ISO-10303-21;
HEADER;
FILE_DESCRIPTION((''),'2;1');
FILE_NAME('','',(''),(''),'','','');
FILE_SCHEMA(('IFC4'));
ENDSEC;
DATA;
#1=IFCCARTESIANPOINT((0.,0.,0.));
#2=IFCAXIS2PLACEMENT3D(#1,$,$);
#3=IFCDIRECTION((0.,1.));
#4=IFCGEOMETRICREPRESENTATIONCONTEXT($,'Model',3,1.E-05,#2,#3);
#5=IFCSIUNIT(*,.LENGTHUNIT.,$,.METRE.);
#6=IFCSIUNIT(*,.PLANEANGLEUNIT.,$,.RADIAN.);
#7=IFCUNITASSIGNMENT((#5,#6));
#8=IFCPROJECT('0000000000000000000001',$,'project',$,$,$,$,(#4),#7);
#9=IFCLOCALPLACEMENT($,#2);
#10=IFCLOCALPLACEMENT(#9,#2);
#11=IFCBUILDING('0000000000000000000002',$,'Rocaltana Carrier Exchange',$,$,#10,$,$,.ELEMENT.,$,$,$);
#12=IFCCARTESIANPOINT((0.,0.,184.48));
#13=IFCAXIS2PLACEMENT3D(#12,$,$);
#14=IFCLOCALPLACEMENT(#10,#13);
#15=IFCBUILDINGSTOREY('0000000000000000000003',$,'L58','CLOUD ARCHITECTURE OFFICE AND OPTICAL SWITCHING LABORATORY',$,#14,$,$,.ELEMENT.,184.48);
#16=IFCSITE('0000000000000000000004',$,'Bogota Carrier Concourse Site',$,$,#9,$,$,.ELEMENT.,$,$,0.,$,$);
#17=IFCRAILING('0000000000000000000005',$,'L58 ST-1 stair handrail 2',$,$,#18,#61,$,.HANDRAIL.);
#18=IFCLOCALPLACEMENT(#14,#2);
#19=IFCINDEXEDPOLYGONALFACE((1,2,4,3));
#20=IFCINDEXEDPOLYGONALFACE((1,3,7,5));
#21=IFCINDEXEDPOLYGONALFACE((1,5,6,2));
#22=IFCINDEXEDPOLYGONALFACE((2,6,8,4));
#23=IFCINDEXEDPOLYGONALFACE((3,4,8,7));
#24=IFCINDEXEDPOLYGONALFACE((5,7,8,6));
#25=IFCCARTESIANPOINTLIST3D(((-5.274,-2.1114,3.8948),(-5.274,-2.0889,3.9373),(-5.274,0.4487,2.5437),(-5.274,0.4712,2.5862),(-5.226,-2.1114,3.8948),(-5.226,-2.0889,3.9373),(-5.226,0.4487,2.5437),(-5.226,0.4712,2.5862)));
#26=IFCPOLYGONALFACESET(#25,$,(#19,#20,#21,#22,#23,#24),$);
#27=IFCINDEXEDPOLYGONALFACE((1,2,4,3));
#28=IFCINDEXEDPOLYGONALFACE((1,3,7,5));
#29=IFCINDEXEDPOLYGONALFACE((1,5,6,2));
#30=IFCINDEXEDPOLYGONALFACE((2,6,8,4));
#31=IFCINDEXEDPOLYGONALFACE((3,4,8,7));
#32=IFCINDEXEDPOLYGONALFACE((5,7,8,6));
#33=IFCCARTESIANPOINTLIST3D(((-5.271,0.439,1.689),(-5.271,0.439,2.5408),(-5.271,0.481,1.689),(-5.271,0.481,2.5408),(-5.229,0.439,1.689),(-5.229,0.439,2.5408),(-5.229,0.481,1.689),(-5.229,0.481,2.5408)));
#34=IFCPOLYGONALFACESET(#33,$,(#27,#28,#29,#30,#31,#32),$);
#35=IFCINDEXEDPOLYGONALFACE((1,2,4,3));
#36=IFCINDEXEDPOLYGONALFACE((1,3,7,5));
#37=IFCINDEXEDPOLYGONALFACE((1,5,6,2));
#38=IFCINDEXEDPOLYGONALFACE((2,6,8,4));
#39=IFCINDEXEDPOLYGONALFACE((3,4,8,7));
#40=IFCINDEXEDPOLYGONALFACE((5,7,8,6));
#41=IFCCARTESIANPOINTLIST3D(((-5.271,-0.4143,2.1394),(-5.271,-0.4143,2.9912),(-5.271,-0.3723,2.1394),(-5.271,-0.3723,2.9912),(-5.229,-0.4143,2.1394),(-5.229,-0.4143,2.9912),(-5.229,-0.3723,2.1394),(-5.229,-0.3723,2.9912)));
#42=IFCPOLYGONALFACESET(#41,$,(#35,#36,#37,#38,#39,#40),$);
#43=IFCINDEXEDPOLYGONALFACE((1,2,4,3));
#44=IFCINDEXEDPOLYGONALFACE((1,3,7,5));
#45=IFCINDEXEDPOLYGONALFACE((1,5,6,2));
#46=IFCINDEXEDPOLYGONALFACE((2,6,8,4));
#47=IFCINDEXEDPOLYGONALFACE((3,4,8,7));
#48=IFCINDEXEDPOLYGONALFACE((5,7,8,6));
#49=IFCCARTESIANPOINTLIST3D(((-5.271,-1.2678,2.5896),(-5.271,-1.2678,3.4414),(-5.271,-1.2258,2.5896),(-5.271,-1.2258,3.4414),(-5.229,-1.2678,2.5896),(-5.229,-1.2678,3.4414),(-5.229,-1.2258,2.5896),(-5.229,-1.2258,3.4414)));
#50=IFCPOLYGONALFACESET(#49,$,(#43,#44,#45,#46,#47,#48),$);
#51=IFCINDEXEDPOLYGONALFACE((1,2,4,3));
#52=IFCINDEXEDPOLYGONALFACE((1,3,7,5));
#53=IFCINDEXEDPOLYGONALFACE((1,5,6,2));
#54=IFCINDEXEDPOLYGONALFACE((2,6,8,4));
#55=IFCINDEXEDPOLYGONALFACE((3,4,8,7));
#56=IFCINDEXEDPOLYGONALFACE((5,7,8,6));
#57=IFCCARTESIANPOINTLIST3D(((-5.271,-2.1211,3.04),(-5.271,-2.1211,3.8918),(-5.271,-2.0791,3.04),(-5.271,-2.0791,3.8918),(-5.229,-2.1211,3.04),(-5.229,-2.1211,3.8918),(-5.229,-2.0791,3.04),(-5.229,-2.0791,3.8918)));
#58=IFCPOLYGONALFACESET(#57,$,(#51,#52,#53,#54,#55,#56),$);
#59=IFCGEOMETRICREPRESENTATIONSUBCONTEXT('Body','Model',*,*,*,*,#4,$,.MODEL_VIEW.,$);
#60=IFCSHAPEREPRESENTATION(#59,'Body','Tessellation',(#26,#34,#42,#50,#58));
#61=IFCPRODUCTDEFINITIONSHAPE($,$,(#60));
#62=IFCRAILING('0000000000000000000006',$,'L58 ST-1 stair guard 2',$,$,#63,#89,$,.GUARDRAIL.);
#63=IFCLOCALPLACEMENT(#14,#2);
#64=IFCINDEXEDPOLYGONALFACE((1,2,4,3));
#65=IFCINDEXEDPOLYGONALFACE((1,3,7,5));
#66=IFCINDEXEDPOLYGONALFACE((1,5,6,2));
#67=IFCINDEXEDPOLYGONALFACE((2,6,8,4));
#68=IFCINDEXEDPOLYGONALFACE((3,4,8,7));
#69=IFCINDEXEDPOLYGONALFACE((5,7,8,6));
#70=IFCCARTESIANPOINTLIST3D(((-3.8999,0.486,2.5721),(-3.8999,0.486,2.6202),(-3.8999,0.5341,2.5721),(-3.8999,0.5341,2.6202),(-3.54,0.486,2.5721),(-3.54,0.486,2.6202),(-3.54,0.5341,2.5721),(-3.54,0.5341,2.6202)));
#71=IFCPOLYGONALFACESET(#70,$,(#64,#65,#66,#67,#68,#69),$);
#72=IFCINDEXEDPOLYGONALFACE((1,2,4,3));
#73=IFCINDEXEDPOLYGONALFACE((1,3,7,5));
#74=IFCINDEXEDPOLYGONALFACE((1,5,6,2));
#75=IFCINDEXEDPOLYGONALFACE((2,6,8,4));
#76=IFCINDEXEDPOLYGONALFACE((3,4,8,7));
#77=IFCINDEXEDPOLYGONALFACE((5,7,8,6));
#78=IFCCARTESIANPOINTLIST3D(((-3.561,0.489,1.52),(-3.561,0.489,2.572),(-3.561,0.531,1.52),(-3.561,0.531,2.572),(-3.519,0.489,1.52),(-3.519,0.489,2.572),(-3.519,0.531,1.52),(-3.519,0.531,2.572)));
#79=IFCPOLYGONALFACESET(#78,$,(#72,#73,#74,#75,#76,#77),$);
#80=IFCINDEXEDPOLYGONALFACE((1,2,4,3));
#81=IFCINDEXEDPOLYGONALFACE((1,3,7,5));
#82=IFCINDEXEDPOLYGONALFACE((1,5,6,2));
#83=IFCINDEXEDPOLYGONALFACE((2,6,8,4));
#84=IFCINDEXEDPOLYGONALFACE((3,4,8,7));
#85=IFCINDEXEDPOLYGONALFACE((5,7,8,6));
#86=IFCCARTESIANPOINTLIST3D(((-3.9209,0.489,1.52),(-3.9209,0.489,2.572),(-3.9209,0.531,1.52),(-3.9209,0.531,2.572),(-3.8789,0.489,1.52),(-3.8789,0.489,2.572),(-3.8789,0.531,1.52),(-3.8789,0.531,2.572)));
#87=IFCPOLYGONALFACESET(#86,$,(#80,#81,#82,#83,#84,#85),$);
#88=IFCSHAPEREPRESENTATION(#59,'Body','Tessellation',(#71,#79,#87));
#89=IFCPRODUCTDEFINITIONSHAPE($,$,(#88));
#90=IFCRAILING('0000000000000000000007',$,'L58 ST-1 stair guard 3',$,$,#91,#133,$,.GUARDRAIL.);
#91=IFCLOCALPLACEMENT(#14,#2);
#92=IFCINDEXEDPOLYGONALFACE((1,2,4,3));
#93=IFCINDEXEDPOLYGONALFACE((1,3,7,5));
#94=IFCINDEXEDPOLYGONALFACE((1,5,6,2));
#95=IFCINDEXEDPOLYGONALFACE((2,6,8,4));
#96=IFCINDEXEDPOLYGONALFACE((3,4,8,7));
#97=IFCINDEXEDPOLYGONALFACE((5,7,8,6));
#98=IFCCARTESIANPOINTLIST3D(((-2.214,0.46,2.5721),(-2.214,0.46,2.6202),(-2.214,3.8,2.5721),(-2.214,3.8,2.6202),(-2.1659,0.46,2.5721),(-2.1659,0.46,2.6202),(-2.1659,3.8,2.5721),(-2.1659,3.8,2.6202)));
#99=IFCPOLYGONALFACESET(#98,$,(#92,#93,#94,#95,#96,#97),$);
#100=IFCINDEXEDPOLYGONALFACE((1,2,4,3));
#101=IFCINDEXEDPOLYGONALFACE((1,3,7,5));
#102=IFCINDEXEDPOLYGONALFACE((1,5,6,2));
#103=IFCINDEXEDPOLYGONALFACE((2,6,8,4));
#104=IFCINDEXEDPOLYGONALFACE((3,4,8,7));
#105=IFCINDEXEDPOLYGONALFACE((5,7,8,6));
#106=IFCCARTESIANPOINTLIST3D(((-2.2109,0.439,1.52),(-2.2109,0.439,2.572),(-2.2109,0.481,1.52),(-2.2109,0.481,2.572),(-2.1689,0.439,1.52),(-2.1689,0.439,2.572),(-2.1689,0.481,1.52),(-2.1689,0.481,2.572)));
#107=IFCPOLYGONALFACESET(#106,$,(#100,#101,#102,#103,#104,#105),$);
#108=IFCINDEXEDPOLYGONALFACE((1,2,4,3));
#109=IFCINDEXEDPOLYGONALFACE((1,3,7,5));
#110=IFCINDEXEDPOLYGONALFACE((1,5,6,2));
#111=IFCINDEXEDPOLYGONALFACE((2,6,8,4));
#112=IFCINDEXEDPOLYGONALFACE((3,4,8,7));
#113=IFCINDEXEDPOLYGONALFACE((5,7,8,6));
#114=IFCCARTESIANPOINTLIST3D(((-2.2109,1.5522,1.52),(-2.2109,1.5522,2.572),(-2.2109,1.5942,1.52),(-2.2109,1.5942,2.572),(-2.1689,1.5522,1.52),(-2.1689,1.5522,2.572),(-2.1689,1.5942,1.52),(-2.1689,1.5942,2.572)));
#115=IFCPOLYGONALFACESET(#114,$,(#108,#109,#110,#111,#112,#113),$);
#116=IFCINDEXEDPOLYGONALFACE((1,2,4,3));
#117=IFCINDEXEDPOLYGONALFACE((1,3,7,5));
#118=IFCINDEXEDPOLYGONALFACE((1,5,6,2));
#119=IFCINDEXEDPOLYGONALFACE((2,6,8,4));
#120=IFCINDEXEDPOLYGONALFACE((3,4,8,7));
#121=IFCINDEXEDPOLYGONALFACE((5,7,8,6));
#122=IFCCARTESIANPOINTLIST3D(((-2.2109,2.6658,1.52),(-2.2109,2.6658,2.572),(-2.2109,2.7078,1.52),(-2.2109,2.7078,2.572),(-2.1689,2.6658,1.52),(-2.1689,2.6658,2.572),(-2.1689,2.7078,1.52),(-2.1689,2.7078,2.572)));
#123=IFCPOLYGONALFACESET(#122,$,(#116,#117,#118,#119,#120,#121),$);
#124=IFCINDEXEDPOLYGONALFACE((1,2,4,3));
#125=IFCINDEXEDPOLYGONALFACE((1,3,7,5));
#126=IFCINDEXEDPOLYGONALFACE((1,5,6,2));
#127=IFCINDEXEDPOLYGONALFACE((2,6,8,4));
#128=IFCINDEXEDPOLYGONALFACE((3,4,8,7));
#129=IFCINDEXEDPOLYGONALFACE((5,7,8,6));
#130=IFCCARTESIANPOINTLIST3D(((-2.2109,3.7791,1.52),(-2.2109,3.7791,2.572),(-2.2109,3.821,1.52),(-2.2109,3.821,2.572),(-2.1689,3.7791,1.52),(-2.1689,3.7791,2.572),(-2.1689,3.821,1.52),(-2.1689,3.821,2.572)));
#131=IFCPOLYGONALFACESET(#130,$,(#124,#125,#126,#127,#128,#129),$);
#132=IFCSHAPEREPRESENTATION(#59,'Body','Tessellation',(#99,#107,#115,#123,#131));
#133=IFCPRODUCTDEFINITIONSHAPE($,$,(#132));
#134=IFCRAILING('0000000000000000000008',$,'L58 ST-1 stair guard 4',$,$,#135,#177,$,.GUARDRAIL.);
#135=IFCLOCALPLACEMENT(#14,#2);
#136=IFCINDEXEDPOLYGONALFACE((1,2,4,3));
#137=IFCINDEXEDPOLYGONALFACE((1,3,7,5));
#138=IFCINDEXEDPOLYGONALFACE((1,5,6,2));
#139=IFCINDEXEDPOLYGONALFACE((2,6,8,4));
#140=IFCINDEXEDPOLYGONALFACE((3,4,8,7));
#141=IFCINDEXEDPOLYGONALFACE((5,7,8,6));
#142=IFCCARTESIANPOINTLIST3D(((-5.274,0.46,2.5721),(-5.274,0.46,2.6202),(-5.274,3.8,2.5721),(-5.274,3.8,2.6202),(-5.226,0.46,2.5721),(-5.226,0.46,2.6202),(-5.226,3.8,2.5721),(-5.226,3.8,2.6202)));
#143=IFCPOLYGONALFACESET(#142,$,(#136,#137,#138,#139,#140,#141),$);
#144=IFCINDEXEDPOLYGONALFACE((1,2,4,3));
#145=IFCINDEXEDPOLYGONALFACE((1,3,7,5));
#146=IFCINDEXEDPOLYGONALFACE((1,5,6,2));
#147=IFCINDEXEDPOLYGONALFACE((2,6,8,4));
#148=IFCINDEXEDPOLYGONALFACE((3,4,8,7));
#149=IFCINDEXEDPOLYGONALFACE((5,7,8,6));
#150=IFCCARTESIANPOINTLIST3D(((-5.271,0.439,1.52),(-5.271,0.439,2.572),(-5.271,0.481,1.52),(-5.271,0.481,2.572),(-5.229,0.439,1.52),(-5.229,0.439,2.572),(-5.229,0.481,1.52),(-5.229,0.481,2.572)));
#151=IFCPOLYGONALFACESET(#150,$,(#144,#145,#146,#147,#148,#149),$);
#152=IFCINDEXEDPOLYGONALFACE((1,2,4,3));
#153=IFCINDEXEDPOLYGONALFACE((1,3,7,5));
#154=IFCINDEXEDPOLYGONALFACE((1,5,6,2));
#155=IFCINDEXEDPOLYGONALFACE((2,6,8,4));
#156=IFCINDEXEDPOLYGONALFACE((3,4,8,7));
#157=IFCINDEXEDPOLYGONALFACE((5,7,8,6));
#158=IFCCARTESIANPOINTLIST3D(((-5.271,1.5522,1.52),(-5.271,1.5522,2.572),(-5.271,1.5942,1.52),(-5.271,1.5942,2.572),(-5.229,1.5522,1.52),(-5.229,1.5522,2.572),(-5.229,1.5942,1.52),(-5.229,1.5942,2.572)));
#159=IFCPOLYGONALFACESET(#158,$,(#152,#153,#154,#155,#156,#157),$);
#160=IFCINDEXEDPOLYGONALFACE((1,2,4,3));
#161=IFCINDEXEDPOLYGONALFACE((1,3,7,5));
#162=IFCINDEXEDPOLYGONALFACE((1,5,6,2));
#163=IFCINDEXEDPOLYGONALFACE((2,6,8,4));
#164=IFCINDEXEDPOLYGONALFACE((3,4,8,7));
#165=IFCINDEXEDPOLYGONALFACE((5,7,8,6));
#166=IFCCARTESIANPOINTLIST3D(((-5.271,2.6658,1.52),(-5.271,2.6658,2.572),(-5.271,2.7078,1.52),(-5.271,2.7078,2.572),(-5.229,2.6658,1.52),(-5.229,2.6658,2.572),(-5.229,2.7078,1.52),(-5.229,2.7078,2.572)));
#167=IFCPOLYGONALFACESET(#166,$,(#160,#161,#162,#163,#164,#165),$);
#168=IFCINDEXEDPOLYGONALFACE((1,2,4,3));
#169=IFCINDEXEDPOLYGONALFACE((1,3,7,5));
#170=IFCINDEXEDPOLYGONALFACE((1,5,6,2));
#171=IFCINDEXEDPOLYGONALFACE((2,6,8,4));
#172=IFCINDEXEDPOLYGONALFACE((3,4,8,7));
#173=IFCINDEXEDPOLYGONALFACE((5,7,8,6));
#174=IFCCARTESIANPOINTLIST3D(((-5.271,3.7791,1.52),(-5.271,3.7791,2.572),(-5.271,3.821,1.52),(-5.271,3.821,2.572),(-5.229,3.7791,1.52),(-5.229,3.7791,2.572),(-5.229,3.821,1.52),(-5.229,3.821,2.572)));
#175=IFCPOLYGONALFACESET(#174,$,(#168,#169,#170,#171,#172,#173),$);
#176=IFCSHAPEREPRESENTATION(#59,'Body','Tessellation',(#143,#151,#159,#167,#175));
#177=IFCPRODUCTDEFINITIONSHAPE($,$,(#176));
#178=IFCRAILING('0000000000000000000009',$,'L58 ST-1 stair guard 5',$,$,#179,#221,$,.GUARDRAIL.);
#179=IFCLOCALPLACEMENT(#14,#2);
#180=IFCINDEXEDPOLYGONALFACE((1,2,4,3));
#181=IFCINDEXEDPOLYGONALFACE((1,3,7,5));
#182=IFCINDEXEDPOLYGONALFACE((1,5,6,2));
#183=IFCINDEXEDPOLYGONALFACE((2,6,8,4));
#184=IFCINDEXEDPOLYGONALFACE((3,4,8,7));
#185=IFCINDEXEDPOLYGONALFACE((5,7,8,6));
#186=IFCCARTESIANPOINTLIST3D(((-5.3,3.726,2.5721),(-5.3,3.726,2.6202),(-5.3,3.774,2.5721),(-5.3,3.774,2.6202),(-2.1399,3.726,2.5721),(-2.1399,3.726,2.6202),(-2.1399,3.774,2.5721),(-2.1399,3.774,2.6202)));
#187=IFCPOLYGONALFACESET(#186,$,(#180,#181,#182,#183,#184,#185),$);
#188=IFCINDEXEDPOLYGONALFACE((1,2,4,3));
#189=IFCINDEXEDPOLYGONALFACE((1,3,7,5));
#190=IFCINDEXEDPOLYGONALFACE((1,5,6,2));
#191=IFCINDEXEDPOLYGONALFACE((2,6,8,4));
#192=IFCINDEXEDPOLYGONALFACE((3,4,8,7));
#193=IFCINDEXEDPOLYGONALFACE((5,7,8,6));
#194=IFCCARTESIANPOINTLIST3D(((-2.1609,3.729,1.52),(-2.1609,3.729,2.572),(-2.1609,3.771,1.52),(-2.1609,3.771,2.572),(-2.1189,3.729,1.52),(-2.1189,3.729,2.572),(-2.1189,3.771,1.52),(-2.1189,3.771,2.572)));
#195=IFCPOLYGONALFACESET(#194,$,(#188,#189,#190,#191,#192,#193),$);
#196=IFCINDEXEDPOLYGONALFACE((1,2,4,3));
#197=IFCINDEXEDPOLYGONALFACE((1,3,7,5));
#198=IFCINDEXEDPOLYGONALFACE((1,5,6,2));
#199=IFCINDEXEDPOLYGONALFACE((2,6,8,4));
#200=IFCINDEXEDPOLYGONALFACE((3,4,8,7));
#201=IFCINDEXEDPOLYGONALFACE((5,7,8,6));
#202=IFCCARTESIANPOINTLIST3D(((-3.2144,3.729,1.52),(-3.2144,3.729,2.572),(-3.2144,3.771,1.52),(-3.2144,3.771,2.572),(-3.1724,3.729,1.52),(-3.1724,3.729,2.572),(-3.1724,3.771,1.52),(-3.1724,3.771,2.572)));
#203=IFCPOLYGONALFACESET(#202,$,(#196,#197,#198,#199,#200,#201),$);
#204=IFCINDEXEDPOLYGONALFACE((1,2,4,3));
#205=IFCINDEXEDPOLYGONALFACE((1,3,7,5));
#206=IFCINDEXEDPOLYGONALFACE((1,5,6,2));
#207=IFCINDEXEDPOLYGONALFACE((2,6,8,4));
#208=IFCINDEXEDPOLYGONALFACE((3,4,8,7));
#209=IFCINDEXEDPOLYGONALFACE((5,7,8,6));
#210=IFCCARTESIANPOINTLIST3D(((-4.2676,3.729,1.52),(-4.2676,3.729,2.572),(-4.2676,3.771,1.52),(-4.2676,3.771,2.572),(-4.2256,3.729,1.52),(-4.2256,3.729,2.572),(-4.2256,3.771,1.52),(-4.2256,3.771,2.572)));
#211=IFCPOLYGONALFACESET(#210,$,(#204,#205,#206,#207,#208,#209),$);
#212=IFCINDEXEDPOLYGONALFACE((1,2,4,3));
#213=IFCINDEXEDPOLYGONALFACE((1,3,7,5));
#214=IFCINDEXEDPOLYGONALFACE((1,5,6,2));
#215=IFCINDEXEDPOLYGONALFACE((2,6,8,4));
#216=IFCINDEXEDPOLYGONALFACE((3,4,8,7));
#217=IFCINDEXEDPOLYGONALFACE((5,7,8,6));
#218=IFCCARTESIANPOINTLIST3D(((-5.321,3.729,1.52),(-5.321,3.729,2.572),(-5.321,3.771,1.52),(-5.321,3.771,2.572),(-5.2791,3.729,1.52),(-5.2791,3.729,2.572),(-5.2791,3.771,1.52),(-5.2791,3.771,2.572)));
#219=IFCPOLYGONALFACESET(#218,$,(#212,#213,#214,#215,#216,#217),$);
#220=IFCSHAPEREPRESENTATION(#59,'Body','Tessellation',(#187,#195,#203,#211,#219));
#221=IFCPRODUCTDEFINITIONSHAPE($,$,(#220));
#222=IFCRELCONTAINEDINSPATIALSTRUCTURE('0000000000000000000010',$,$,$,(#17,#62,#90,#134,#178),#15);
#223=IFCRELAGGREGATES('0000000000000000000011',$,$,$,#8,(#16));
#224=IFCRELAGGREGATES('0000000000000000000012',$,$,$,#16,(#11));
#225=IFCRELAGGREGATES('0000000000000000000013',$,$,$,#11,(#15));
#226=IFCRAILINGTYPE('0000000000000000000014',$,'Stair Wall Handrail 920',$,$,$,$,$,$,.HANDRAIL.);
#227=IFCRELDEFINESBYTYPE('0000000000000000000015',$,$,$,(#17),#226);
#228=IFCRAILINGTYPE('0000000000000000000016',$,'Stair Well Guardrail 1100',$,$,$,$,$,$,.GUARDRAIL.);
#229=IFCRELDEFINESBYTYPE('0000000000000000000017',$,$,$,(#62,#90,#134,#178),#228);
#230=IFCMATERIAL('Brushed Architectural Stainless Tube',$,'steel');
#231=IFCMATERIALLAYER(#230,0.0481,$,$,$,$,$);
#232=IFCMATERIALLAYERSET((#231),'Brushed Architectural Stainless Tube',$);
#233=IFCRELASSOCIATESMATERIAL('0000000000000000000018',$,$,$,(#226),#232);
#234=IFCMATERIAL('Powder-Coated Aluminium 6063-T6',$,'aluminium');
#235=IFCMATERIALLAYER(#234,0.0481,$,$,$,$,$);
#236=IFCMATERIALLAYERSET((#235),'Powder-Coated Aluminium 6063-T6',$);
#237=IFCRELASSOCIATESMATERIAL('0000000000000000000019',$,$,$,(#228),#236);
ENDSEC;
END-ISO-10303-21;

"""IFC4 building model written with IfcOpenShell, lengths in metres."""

from ifc_helpers import new_model, si_unit, direction, frame, origin, origin_2d, place, context, subcontext, project, spatial, rectangle, extrude, material, layer, layer_set, type_object, element, save


model = new_model("IFC4")

# Units and contexts
model_context = context("Model", 3, precision=1e-05, world=origin(), true_north=direction((0.0, 1.0)))
body_context = subcontext(model_context, "Body", "Model", "MODEL_VIEW")
ifc_project = project(units=[si_unit("LENGTHUNIT", "METRE"), si_unit("PLANEANGLEUNIT", "RADIAN")], contexts=[model_context])

# Site, building, storey
site_placement = place(None, origin())
site = spatial("IfcSite", under=ifc_project, at=site_placement, Name="Bogota Carrier Concourse Site", CompositionType="ELEMENT", RefElevation=0.0)
building_placement = place(site_placement, origin())
building = spatial("IfcBuilding", under=site, at=building_placement, Name="Rocaltana Carrier Exchange", CompositionType="ELEMENT")
storey_placement = place(building_placement, frame((0.0, 0.0, 184.48)))
storey = spatial("IfcBuildingStorey", under=building, at=storey_placement, Name="L58", Description="CLOUD ARCHITECTURE OFFICE AND OPTICAL SWITCHING LABORATORY", CompositionType="ELEMENT", Elevation=184.48)

# Railings
ifc_material_1 = material(Name="Brushed Architectural Stainless Tube", Category="steel")
ifc_layer_1 = layer(ifc_material_1, 0.0481)
ifc_layer_set_1 = layer_set([ifc_layer_1], Name="Brushed Architectural Stainless Tube")
railing_type_1 = type_object("IfcRailingType", Name="Stair Wall Handrail 920", PredefinedType="HANDRAIL", material=ifc_layer_set_1)
railing_1_placement = place(storey_placement, frame((-5.25, 0.46, 1.689)))
element("IfcRailing", 1, at=railing_1_placement, inside=storey, type_object=railing_type_1, Name="L58 ST-1 stair handrail 2", PredefinedType="HANDRAIL", context=body_context, shape_type="SweptSolid", body=[
    extrude(rectangle(XDim=0.0481, YDim=0.0481, at=origin_2d()), frame((0.0, 0.0, 0.876), z_axis=(0.0, -0.884394, 0.46674), x_axis=(1.0, 0.0, 0.0)), (0.0, 0.0, 1.0), 2.8948),
    extrude(rectangle(XDim=0.042, YDim=0.042, at=origin_2d()), origin(), (0.0, 0.0, 1.0), 0.8518),
    extrude(rectangle(XDim=0.042, YDim=0.042, at=origin_2d()), frame((0.0, -0.8533, 0.4504)), (0.0, 0.0, 1.0), 0.8518),
    extrude(rectangle(XDim=0.042, YDim=0.042, at=origin_2d()), frame((0.0, -1.7068, 0.9006)), (0.0, 0.0, 1.0), 0.8518),
    extrude(rectangle(XDim=0.042, YDim=0.042, at=origin_2d()), frame((0.0, -2.5601, 1.3511)), (0.0, 0.0, 1.0), 0.8518),
])
ifc_material_2 = material(Name="Powder-Coated Aluminium 6063-T6", Category="aluminium")
ifc_layer_2 = layer(ifc_material_2, 0.0481)
ifc_layer_set_2 = layer_set([ifc_layer_2], Name="Powder-Coated Aluminium 6063-T6")
railing_type_2 = type_object("IfcRailingType", Name="Stair Well Guardrail 1100", PredefinedType="GUARDRAIL", material=ifc_layer_set_2)
railing_2_placement = place(storey_placement, frame((-3.54, 0.51, 1.52)))
element("IfcRailing", 2, at=railing_2_placement, inside=storey, type_object=railing_type_2, Name="L58 ST-1 stair guard 2", PredefinedType="GUARDRAIL", context=body_context, shape_type="SweptSolid", body=[
    extrude(rectangle(XDim=0.0481, YDim=0.0481, at=origin_2d()), frame((0.0, 0.0, 1.0762), z_axis=(-1.0, 0.0, 0.0), x_axis=(0.0, -1.0, 0.0)), (0.0, 0.0, 1.0), 0.3599),
    extrude(rectangle(XDim=0.042, YDim=0.042, at=origin_2d()), origin(), (0.0, 0.0, 1.0), 1.052),
    extrude(rectangle(XDim=0.042, YDim=0.042, at=origin_2d()), frame((-0.3599, 0.0, 0.0)), (0.0, 0.0, 1.0), 1.052),
])
for number, where, name in (
    (3, (-2.1899, 0.46, 1.52), "L58 ST-1 stair guard 3"),
    (4, (-5.25, 0.46, 1.52), "L58 ST-1 stair guard 4"),
):
    element("IfcRailing", number, at=place(storey_placement, frame(where)), inside=storey, type_object=railing_type_2, Name=name, PredefinedType="GUARDRAIL", context=body_context, shape_type="SweptSolid", body=[
        extrude(rectangle(XDim=0.0481, YDim=0.0481, at=origin_2d()), frame((0.0, 0.0, 1.0762), z_axis=(0.0, 1.0, 0.0), x_axis=(-1.0, 0.0, 0.0)), (0.0, 0.0, 1.0), 3.3401),
        extrude(rectangle(XDim=0.042, YDim=0.042, at=origin_2d()), origin(), (0.0, 0.0, 1.0), 1.052),
        extrude(rectangle(XDim=0.042, YDim=0.042, at=origin_2d()), frame((0.0, 1.1133, 0.0)), (0.0, 0.0, 1.0), 1.052),
        extrude(rectangle(XDim=0.042, YDim=0.042, at=origin_2d()), frame((0.0, 2.2268, 0.0)), (0.0, 0.0, 1.0), 1.052),
        extrude(rectangle(XDim=0.042, YDim=0.042, at=origin_2d()), frame((0.0, 3.3401, 0.0)), (0.0, 0.0, 1.0), 1.052),
    ])
railing_3_placement = place(storey_placement, frame((-2.1399, 3.75, 1.52)))
element("IfcRailing", 5, at=railing_3_placement, inside=storey, type_object=railing_type_2, Name="L58 ST-1 stair guard 5", PredefinedType="GUARDRAIL", context=body_context, shape_type="SweptSolid", body=[
    extrude(rectangle(XDim=0.0481, YDim=0.0481, at=origin_2d()), frame((0.0, 0.0, 1.0762), z_axis=(-1.0, 0.0, 0.0), x_axis=(0.0, -1.0, 0.0)), (0.0, 0.0, 1.0), 3.1602),
    extrude(rectangle(XDim=0.042, YDim=0.042, at=origin_2d()), origin(), (0.0, 0.0, 1.0), 1.052),
    extrude(rectangle(XDim=0.042, YDim=0.042, at=origin_2d()), frame((-1.0535, 0.0, 0.0)), (0.0, 0.0, 1.0), 1.052),
    extrude(rectangle(XDim=0.042, YDim=0.042, at=origin_2d()), frame((-2.1067, 0.0, 0.0)), (0.0, 0.0, 1.0), 1.052),
    extrude(rectangle(XDim=0.042, YDim=0.042, at=origin_2d()), frame((-3.1602, 0.0, 0.0)), (0.0, 0.0, 1.0), 1.052),
])

save(model, "model.ifc")
